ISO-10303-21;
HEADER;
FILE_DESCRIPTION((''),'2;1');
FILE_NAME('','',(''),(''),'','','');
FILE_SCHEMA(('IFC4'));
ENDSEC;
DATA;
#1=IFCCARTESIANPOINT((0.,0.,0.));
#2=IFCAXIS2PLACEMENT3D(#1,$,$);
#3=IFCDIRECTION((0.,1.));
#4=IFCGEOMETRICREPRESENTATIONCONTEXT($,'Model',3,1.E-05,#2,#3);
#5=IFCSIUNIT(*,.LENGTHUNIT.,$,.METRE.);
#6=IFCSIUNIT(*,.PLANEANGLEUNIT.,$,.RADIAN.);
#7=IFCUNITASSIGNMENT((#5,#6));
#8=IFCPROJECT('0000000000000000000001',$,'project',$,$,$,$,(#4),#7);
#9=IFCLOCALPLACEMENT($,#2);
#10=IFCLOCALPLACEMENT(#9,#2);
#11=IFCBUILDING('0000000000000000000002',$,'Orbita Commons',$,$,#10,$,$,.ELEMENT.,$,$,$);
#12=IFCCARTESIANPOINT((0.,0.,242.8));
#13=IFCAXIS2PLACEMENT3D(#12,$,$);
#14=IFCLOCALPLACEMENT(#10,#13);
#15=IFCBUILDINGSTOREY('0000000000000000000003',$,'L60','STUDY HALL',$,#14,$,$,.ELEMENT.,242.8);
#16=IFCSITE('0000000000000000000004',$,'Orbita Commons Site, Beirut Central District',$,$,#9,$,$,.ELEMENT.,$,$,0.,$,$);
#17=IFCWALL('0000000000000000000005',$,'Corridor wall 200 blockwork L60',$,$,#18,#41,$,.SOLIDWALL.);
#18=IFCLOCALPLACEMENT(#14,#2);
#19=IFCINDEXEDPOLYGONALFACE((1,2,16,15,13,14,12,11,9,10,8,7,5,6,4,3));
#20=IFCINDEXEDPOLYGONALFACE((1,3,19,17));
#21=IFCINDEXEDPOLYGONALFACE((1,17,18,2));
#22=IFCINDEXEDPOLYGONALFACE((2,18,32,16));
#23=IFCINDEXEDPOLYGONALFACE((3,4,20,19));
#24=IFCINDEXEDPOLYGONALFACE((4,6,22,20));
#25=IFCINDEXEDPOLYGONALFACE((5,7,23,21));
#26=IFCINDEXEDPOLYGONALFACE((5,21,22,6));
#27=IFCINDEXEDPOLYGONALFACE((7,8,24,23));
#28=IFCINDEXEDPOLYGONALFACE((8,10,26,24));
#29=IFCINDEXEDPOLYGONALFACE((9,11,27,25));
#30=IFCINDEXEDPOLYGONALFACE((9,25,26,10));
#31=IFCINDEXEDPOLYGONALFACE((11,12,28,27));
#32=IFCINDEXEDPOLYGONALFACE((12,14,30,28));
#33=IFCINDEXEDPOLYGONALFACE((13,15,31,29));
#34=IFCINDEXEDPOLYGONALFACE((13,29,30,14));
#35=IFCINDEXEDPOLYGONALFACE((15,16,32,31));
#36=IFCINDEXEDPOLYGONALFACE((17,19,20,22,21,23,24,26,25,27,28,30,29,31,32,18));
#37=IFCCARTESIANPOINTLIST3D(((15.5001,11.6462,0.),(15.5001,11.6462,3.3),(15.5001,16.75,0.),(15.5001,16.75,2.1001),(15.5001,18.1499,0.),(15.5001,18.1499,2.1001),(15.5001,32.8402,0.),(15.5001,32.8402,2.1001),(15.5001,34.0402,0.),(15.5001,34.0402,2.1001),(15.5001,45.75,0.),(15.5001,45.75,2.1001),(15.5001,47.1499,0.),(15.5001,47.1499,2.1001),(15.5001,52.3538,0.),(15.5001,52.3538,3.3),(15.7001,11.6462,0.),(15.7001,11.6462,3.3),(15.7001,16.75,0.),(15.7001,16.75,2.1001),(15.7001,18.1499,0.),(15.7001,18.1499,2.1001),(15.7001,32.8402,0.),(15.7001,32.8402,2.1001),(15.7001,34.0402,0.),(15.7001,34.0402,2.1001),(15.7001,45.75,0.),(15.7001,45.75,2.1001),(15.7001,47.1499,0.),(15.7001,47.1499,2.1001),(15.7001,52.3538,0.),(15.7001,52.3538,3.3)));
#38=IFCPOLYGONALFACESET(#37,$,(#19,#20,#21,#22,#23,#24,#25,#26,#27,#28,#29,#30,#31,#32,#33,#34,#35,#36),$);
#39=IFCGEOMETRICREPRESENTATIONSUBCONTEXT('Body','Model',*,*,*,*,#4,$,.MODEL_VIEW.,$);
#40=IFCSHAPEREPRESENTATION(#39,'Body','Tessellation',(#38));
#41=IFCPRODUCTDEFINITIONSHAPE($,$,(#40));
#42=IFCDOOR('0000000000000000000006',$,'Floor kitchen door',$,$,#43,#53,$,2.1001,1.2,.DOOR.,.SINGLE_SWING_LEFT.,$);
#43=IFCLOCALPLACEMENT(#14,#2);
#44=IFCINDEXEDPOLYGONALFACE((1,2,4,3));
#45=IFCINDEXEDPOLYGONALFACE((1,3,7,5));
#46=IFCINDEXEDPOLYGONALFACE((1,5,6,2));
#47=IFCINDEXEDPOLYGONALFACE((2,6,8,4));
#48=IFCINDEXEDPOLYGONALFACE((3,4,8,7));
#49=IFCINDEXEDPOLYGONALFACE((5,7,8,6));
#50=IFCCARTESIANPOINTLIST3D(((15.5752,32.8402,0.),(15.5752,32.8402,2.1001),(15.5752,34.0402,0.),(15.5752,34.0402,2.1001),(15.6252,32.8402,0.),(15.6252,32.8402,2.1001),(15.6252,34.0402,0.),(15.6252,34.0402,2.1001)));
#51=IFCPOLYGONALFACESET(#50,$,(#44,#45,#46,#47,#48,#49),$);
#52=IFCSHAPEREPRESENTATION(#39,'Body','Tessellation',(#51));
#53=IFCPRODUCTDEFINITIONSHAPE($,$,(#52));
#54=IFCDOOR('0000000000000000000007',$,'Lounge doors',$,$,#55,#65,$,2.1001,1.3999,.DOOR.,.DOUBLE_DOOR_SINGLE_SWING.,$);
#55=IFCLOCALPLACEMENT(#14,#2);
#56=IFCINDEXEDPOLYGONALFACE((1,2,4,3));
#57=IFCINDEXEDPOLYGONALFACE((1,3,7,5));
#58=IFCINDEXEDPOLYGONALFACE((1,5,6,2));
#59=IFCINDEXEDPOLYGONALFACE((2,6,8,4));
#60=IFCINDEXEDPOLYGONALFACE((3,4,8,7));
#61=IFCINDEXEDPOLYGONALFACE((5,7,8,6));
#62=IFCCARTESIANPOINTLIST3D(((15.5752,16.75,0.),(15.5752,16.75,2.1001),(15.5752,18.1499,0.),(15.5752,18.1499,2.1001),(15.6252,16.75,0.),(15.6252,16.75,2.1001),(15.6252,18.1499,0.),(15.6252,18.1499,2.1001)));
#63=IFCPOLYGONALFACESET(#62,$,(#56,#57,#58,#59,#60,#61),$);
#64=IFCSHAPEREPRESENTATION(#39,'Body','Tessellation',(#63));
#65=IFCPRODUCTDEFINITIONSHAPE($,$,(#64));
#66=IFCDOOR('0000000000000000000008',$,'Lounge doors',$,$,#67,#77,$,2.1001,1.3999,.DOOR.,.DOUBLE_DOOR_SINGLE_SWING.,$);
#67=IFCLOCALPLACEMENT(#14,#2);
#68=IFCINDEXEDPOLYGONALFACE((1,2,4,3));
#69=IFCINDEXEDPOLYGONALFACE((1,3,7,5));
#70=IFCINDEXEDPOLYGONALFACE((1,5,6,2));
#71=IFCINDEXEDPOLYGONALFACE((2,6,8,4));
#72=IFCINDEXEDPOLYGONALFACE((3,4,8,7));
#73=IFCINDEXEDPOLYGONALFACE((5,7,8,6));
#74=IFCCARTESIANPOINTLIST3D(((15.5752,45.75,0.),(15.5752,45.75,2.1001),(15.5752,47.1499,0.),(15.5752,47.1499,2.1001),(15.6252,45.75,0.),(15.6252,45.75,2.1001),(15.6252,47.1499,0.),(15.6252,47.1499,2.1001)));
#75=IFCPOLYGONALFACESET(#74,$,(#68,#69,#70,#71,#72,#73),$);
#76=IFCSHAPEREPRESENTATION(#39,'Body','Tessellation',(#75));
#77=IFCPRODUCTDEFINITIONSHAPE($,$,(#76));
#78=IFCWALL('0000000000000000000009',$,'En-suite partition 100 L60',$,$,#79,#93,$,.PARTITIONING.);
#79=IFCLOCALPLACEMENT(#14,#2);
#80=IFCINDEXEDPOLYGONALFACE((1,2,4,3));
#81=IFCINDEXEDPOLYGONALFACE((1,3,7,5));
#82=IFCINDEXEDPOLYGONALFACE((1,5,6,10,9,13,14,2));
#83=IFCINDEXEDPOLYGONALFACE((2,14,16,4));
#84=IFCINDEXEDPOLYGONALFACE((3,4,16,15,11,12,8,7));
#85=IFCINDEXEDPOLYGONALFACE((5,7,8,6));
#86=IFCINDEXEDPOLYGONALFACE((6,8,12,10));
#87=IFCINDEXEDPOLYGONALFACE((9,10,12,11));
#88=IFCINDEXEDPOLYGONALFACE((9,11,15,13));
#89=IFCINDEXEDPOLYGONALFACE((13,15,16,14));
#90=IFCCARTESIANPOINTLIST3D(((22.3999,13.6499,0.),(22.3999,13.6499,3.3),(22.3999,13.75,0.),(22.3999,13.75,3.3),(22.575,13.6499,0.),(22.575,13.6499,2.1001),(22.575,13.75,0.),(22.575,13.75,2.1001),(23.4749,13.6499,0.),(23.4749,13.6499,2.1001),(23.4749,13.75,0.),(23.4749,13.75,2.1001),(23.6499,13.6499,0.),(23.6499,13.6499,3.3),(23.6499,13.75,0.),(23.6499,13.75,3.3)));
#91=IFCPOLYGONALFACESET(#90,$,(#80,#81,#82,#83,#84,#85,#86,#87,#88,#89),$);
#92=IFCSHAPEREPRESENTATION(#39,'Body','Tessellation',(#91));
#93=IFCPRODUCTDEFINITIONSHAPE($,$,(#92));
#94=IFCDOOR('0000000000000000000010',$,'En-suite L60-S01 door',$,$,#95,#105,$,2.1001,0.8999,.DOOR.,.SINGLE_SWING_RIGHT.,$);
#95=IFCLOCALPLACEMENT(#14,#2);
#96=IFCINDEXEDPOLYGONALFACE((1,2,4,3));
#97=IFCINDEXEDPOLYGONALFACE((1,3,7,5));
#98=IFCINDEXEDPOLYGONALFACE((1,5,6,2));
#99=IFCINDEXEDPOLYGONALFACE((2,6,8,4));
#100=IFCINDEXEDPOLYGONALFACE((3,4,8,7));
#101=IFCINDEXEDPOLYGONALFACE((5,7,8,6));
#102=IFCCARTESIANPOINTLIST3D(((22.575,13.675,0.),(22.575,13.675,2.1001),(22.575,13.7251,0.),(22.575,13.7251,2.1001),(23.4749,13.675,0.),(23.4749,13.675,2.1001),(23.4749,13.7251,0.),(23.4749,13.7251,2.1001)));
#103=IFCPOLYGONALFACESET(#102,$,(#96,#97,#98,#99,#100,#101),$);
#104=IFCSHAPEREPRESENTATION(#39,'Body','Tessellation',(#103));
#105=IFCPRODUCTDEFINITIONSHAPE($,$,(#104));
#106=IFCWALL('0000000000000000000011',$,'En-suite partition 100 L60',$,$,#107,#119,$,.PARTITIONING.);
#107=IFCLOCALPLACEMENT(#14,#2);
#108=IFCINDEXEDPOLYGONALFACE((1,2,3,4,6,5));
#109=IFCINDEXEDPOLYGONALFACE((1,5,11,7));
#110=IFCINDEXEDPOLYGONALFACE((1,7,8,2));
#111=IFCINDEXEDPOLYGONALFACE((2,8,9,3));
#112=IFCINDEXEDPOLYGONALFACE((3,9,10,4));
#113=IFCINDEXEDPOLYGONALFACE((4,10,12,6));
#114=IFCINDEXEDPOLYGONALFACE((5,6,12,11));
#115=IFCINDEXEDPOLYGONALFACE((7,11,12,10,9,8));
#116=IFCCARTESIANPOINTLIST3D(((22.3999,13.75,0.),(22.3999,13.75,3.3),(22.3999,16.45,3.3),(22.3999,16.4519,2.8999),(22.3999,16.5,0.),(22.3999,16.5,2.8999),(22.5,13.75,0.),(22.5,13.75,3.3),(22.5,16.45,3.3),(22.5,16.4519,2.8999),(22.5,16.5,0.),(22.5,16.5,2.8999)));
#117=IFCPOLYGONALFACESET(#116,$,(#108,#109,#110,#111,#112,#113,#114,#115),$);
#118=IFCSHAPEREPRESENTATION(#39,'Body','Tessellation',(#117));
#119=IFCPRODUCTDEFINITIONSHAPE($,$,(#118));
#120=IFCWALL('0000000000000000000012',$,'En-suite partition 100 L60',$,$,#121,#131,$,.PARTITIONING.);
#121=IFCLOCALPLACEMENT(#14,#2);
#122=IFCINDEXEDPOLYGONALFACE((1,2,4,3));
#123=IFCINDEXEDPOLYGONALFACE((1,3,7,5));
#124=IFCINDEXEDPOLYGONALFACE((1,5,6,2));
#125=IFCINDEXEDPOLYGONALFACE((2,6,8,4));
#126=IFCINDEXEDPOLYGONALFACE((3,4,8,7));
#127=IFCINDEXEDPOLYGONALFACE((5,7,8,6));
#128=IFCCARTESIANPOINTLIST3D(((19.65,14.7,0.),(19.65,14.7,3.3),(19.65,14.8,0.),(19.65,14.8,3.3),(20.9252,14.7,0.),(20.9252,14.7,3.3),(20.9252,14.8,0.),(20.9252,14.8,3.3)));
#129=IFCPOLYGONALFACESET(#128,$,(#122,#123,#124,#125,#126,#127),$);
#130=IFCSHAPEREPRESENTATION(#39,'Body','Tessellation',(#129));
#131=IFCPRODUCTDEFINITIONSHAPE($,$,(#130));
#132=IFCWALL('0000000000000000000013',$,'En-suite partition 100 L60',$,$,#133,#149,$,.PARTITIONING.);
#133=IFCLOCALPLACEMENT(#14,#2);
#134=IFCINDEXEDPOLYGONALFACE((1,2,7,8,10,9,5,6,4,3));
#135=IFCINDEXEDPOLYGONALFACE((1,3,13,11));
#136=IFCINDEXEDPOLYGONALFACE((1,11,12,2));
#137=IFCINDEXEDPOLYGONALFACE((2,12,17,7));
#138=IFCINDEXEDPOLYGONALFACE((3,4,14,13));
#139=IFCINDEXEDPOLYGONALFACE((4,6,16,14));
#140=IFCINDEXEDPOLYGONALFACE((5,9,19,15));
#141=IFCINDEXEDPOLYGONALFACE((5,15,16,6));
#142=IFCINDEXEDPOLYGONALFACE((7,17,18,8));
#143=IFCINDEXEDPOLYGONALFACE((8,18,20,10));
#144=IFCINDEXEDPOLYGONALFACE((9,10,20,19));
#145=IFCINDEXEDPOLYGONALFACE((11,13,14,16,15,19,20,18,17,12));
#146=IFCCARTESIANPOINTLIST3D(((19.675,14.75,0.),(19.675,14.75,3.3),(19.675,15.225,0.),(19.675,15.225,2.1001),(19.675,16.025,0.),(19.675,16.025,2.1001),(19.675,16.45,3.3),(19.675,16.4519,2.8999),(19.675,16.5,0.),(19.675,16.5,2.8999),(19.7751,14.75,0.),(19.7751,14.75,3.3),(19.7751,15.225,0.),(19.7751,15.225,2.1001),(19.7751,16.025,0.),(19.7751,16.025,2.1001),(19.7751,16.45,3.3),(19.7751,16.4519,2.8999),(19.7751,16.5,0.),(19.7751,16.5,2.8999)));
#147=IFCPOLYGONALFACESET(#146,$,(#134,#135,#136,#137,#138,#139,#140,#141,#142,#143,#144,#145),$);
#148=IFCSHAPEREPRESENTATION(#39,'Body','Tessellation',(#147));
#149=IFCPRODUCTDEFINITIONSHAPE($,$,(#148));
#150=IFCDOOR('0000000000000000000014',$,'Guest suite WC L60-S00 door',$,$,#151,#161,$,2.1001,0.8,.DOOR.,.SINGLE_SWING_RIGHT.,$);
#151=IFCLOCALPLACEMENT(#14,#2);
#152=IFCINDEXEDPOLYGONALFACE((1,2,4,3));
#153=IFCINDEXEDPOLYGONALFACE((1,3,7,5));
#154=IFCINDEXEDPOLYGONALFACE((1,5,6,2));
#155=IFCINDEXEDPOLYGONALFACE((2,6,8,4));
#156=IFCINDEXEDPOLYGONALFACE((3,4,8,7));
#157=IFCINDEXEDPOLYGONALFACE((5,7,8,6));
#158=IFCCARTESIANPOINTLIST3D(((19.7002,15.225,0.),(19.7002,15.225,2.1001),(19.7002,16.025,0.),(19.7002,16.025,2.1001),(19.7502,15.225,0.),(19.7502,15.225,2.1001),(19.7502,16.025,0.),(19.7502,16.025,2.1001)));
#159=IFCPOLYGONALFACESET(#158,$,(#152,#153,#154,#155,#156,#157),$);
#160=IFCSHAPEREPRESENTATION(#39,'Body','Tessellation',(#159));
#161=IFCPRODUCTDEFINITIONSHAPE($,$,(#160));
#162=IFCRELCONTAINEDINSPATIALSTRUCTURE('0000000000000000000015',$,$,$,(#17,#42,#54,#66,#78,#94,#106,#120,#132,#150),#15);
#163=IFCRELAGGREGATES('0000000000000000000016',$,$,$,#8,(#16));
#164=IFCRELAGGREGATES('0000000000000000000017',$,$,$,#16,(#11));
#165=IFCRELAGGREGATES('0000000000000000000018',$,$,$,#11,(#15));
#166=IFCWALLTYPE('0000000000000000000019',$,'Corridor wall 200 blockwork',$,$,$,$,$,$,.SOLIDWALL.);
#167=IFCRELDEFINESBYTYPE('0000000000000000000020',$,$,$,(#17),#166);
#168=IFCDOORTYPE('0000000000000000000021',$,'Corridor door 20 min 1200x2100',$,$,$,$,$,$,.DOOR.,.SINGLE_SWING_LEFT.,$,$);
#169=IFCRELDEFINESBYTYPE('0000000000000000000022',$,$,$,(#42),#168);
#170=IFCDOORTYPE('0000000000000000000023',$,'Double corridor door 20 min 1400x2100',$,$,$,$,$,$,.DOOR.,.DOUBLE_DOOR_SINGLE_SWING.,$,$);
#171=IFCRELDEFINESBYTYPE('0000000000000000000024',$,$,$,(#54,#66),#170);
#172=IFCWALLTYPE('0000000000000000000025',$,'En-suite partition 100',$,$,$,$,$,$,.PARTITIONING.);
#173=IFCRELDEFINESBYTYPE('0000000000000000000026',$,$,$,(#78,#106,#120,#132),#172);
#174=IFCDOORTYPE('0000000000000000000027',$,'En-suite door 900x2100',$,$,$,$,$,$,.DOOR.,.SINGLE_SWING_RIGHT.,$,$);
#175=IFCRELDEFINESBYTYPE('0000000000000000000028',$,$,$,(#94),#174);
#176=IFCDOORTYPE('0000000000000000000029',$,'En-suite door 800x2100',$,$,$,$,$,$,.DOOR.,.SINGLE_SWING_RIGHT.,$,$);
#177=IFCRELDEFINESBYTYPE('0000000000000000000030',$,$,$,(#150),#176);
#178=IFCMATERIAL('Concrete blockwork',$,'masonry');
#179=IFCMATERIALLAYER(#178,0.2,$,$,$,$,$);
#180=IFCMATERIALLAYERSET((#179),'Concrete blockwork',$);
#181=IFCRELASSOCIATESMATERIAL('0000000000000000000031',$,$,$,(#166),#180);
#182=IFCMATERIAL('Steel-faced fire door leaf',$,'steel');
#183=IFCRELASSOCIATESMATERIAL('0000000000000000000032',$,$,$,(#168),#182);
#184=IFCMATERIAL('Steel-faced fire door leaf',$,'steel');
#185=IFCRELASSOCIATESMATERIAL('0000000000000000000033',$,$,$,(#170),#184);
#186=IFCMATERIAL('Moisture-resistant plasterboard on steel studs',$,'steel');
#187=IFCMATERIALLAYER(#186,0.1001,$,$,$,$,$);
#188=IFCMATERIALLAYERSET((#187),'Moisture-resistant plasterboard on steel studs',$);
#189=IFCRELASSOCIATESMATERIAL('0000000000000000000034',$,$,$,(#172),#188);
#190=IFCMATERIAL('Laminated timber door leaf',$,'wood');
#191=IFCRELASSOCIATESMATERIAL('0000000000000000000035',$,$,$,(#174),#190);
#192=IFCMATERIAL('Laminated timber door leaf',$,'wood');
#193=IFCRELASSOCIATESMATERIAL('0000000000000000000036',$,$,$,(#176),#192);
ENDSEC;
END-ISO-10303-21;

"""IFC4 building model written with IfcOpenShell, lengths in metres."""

from ifc_helpers import new_model, si_unit, direction, frame, frame_2d, origin, place, context, subcontext, project, spatial, polyline, rectangle, outline, extrude, material, layer, layer_set, type_object, element, fill, save


model = new_model("IFC4")

# Units and contexts
model_context = context("Model", 3, precision=1e-05, world=origin(), true_north=direction((0.0, 1.0)))
body_context = subcontext(model_context, "Body", "Model", "MODEL_VIEW")
ifc_project = project(units=[si_unit("LENGTHUNIT", "METRE"), si_unit("PLANEANGLEUNIT", "RADIAN")], contexts=[model_context])

# Site, building, storey
site_placement = place(None, origin())
site = spatial("IfcSite", under=ifc_project, at=site_placement, Name="Orbita Commons Site, Beirut Central District", CompositionType="ELEMENT", RefElevation=0.0)
building_placement = place(site_placement, origin())
building = spatial("IfcBuilding", under=site, at=building_placement, Name="Orbita Commons", CompositionType="ELEMENT")
storey_placement = place(building_placement, frame((0.0, 0.0, 242.8)))
storey = spatial("IfcBuildingStorey", under=building, at=storey_placement, Name="L60", Description="STUDY HALL", CompositionType="ELEMENT", Elevation=242.8)

# Shared definitions
ifc_material_1 = material(Name="Concrete blockwork", Category="masonry")
ifc_layer_1 = layer(ifc_material_1, 0.2)
ifc_layer_set_1 = layer_set([ifc_layer_1], Name="Concrete blockwork")
wall_type_1 = type_object("IfcWallType", Name="Corridor wall 200 blockwork", PredefinedType="SOLIDWALL", material=ifc_layer_set_1)

# Wall, openings, doors
wall_1_placement = place(storey_placement, frame((15.6001, 11.6462, 0.0), z_axis=(0.0, 0.0, 1.0), x_axis=(0.0, 1.0, 0.0)))
wall_1 = element("IfcWall", 1, at=wall_1_placement, inside=storey, type_object=wall_type_1, Name="Corridor wall 200 blockwork L60", PredefinedType="SOLIDWALL", context=body_context, shape_type="SweptSolid", body=[
    extrude(rectangle(XDim=40.7075, YDim=0.2, at=frame_2d((20.3538, 0.0))), origin(), (0.0, 0.0, 1.0), 3.3),
])
opening_1_placement = place(wall_1_placement, frame((21.1938, 0.0, 0.0)))
opening_1 = element("IfcOpeningElement", 2, at=opening_1_placement, cuts=wall_1, PredefinedType="OPENING", context=body_context, shape_type="SweptSolid", body=[
    extrude(rectangle(XDim=1.2, YDim=2.1001, at=frame_2d((0.6001, 1.05))), frame((0.0, 0.1099, 0.0), z_axis=(0.0, -1.0, 0.0), x_axis=(1.0, 0.0, 0.0)), (0.0, 0.0, 1.0), 0.22),
])
opening_2_placement = place(wall_1_placement, frame((5.1038, 0.0, 0.0)))
opening_2 = element("IfcOpeningElement", 3, at=opening_2_placement, cuts=wall_1, PredefinedType="OPENING", context=body_context, shape_type="SweptSolid", body=[
    extrude(rectangle(XDim=1.3999, YDim=2.1001, at=frame_2d((0.7, 1.05))), frame((0.0, 0.1099, 0.0), z_axis=(0.0, -1.0, 0.0), x_axis=(1.0, 0.0, 0.0)), (0.0, 0.0, 1.0), 0.22),
])
opening_3_placement = place(wall_1_placement, frame((34.1038, 0.0, 0.0)))
opening_3 = element("IfcOpeningElement", 4, at=opening_3_placement, cuts=wall_1, PredefinedType="OPENING", context=body_context, shape_type="SweptSolid", body=[
    extrude(rectangle(XDim=1.3999, YDim=2.1001, at=frame_2d((0.7, 1.05))), frame((0.0, 0.1099, 0.0), z_axis=(0.0, -1.0, 0.0), x_axis=(1.0, 0.0, 0.0)), (0.0, 0.0, 1.0), 0.22),
])
ifc_material_2 = material(Name="Steel-faced fire door leaf", Category="steel")
door_type_1 = type_object("IfcDoorType", Name="Corridor door 20 min 1200x2100", OperationType="SINGLE_SWING_LEFT", PredefinedType="DOOR", material=ifc_material_2)
door_1_placement = place(opening_1_placement, origin())
door_1 = element("IfcDoor", 5, at=door_1_placement, inside=storey, type_object=door_type_1, Name="Floor kitchen door", OperationType="SINGLE_SWING_LEFT", OverallHeight=2.1001, OverallWidth=1.2, PredefinedType="DOOR", context=body_context, shape_type="SweptSolid", body=[
    extrude(rectangle(XDim=1.2, YDim=2.1001, at=frame_2d((0.6001, 1.05))), frame((0.0, 0.0249, 0.0), z_axis=(0.0, -1.0, 0.0), x_axis=(1.0, 0.0, 0.0)), (0.0, 0.0, 1.0), 0.05),
])
fill(opening_1, door_1)
ifc_material_3 = material(Name="Steel-faced fire door leaf", Category="steel")
door_type_2 = type_object("IfcDoorType", Name="Double corridor door 20 min 1400x2100", OperationType="DOUBLE_DOOR_SINGLE_SWING", PredefinedType="DOOR", material=ifc_material_3)
door_2_placement = place(opening_2_placement, origin())
door_2 = element("IfcDoor", 6, at=door_2_placement, inside=storey, type_object=door_type_2, Name="Lounge doors", OperationType="DOUBLE_DOOR_SINGLE_SWING", OverallHeight=2.1001, OverallWidth=1.3999, PredefinedType="DOOR", context=body_context, shape_type="SweptSolid", body=[
    extrude(rectangle(XDim=1.3999, YDim=2.1001, at=frame_2d((0.7, 1.05))), frame((0.0, 0.0249, 0.0), z_axis=(0.0, -1.0, 0.0), x_axis=(1.0, 0.0, 0.0)), (0.0, 0.0, 1.0), 0.05),
])
fill(opening_2, door_2)
door_3_placement = place(opening_3_placement, origin())
door_3 = element("IfcDoor", 7, at=door_3_placement, inside=storey, type_object=door_type_2, Name="Lounge doors", OperationType="DOUBLE_DOOR_SINGLE_SWING", OverallHeight=2.1001, OverallWidth=1.3999, PredefinedType="DOOR", context=body_context, shape_type="SweptSolid", body=[
    extrude(rectangle(XDim=1.3999, YDim=2.1001, at=frame_2d((0.7, 1.05))), frame((0.0, 0.0249, 0.0), z_axis=(0.0, -1.0, 0.0), x_axis=(1.0, 0.0, 0.0)), (0.0, 0.0, 1.0), 0.05),
])
fill(opening_3, door_3)

# Wall, opening, door
ifc_material_4 = material(Name="Moisture-resistant plasterboard on steel studs", Category="steel")
ifc_layer_2 = layer(ifc_material_4, 0.1001)
ifc_layer_set_2 = layer_set([ifc_layer_2], Name="Moisture-resistant plasterboard on steel studs")
wall_type_2 = type_object("IfcWallType", Name="En-suite partition 100", PredefinedType="PARTITIONING", material=ifc_layer_set_2)
wall_2_placement = place(storey_placement, frame((23.6499, 13.7, 0.0), z_axis=(0.0, 0.0, 1.0), x_axis=(-1.0, 0.0, 0.0)))
wall_2 = element("IfcWall", 8, at=wall_2_placement, inside=storey, type_object=wall_type_2, Name="En-suite partition 100 L60", PredefinedType="PARTITIONING", context=body_context, shape_type="SweptSolid", body=[
    extrude(rectangle(XDim=1.25, YDim=0.1001, at=frame_2d((0.625, 0.0))), origin(), (0.0, 0.0, 1.0), 3.3),
])
opening_4_placement = place(wall_2_placement, frame((0.175, 0.0, 0.0)))
opening_4 = element("IfcOpeningElement", 9, at=opening_4_placement, cuts=wall_2, PredefinedType="OPENING", context=body_context, shape_type="SweptSolid", body=[
    extrude(rectangle(XDim=0.8999, YDim=2.1001, at=frame_2d((0.45, 1.05))), frame((0.0, 0.0601, 0.0), z_axis=(0.0, -1.0, 0.0), x_axis=(1.0, 0.0, 0.0)), (0.0, 0.0, 1.0), 0.1201),
])
ifc_material_5 = material(Name="Laminated timber door leaf", Category="wood")
door_type_3 = type_object("IfcDoorType", Name="En-suite door 900x2100", OperationType="SINGLE_SWING_RIGHT", PredefinedType="DOOR", material=ifc_material_5)
door_4_placement = place(opening_4_placement, origin())
door_4 = element("IfcDoor", 10, at=door_4_placement, inside=storey, type_object=door_type_3, Name="En-suite L60-S01 door", OperationType="SINGLE_SWING_RIGHT", OverallHeight=2.1001, OverallWidth=0.8999, PredefinedType="DOOR", context=body_context, shape_type="SweptSolid", body=[
    extrude(rectangle(XDim=0.8999, YDim=2.1001, at=frame_2d((0.45, 1.05))), frame((0.0, 0.0249, 0.0), z_axis=(0.0, -1.0, 0.0), x_axis=(1.0, 0.0, 0.0)), (0.0, 0.0, 1.0), 0.05),
])
fill(opening_4, door_4)

# Walls
wall_3_placement = place(storey_placement, frame((22.45, 13.75, 0.0), z_axis=(0.0, 0.0, 1.0), x_axis=(0.0, 1.0, 0.0)))
element("IfcWall", 11, at=wall_3_placement, inside=storey, type_object=wall_type_2, Name="En-suite partition 100 L60", PredefinedType="PARTITIONING", context=body_context, shape_type="SweptSolid", body=[
    extrude(outline(polyline([(0.0, 0.0), (2.75, 0.0), (2.75, 2.8999), (2.7019, 2.8999), (2.7, 3.3), (0.0, 3.3), (0.0, 0.0)])), frame((0.0, 0.05, 0.0), z_axis=(0.0, -1.0, 0.0), x_axis=(1.0, 0.0, 0.0)), (0.0, 0.0, 1.0), 0.1001),
])
wall_4_placement = place(storey_placement, frame((19.6499, 14.75, 0.0), z_axis=(0.0, 0.0, 1.0), x_axis=(1.0, 0.0, 0.0)))
element("IfcWall", 12, at=wall_4_placement, inside=storey, type_object=wall_type_2, Name="En-suite partition 100 L60", PredefinedType="PARTITIONING", context=body_context, shape_type="SweptSolid", body=[
    extrude(rectangle(XDim=1.2751, YDim=0.1001, at=frame_2d((0.6377, 0.0))), origin(), (0.0, 0.0, 1.0), 3.3),
])

# Wall, opening, door
wall_5_placement = place(storey_placement, frame((19.7251, 14.75, 0.0), z_axis=(0.0, 0.0, 1.0), x_axis=(0.0, 1.0, 0.0)))
wall_5 = element("IfcWall", 13, at=wall_5_placement, inside=storey, type_object=wall_type_2, Name="En-suite partition 100 L60", PredefinedType="PARTITIONING", context=body_context, shape_type="SweptSolid", body=[
    extrude(outline(polyline([(0.0, 0.0), (1.75, 0.0), (1.75, 2.8999), (1.7019, 2.8999), (1.7, 3.3), (0.0, 3.3), (0.0, 0.0)])), frame((0.0, 0.05, 0.0), z_axis=(0.0, -1.0, 0.0), x_axis=(1.0, 0.0, 0.0)), (0.0, 0.0, 1.0), 0.1001),
])
opening_5_placement = place(wall_5_placement, frame((0.4751, 0.0, 0.0)))
opening_5 = element("IfcOpeningElement", 14, at=opening_5_placement, cuts=wall_5, PredefinedType="OPENING", context=body_context, shape_type="SweptSolid", body=[
    extrude(rectangle(XDim=0.8, YDim=2.1001, at=frame_2d((0.3999, 1.05))), frame((0.0, 0.0601, 0.0), z_axis=(0.0, -1.0, 0.0), x_axis=(1.0, 0.0, 0.0)), (0.0, 0.0, 1.0), 0.1201),
])
ifc_material_6 = material(Name="Laminated timber door leaf", Category="wood")
door_type_4 = type_object("IfcDoorType", Name="En-suite door 800x2100", OperationType="SINGLE_SWING_RIGHT", PredefinedType="DOOR", material=ifc_material_6)
door_5_placement = place(opening_5_placement, origin())
door_5 = element("IfcDoor", 15, at=door_5_placement, inside=storey, type_object=door_type_4, Name="Guest suite WC L60-S00 door", OperationType="SINGLE_SWING_RIGHT", OverallHeight=2.1001, OverallWidth=0.8, PredefinedType="DOOR", context=body_context, shape_type="SweptSolid", body=[
    extrude(rectangle(XDim=0.8, YDim=2.1001, at=frame_2d((0.3999, 1.05))), frame((0.0, 0.0249, 0.0), z_axis=(0.0, -1.0, 0.0), x_axis=(1.0, 0.0, 0.0)), (0.0, 0.0, 1.0), 0.05),
])
fill(opening_5, door_5)

save(model, "model.ifc")
